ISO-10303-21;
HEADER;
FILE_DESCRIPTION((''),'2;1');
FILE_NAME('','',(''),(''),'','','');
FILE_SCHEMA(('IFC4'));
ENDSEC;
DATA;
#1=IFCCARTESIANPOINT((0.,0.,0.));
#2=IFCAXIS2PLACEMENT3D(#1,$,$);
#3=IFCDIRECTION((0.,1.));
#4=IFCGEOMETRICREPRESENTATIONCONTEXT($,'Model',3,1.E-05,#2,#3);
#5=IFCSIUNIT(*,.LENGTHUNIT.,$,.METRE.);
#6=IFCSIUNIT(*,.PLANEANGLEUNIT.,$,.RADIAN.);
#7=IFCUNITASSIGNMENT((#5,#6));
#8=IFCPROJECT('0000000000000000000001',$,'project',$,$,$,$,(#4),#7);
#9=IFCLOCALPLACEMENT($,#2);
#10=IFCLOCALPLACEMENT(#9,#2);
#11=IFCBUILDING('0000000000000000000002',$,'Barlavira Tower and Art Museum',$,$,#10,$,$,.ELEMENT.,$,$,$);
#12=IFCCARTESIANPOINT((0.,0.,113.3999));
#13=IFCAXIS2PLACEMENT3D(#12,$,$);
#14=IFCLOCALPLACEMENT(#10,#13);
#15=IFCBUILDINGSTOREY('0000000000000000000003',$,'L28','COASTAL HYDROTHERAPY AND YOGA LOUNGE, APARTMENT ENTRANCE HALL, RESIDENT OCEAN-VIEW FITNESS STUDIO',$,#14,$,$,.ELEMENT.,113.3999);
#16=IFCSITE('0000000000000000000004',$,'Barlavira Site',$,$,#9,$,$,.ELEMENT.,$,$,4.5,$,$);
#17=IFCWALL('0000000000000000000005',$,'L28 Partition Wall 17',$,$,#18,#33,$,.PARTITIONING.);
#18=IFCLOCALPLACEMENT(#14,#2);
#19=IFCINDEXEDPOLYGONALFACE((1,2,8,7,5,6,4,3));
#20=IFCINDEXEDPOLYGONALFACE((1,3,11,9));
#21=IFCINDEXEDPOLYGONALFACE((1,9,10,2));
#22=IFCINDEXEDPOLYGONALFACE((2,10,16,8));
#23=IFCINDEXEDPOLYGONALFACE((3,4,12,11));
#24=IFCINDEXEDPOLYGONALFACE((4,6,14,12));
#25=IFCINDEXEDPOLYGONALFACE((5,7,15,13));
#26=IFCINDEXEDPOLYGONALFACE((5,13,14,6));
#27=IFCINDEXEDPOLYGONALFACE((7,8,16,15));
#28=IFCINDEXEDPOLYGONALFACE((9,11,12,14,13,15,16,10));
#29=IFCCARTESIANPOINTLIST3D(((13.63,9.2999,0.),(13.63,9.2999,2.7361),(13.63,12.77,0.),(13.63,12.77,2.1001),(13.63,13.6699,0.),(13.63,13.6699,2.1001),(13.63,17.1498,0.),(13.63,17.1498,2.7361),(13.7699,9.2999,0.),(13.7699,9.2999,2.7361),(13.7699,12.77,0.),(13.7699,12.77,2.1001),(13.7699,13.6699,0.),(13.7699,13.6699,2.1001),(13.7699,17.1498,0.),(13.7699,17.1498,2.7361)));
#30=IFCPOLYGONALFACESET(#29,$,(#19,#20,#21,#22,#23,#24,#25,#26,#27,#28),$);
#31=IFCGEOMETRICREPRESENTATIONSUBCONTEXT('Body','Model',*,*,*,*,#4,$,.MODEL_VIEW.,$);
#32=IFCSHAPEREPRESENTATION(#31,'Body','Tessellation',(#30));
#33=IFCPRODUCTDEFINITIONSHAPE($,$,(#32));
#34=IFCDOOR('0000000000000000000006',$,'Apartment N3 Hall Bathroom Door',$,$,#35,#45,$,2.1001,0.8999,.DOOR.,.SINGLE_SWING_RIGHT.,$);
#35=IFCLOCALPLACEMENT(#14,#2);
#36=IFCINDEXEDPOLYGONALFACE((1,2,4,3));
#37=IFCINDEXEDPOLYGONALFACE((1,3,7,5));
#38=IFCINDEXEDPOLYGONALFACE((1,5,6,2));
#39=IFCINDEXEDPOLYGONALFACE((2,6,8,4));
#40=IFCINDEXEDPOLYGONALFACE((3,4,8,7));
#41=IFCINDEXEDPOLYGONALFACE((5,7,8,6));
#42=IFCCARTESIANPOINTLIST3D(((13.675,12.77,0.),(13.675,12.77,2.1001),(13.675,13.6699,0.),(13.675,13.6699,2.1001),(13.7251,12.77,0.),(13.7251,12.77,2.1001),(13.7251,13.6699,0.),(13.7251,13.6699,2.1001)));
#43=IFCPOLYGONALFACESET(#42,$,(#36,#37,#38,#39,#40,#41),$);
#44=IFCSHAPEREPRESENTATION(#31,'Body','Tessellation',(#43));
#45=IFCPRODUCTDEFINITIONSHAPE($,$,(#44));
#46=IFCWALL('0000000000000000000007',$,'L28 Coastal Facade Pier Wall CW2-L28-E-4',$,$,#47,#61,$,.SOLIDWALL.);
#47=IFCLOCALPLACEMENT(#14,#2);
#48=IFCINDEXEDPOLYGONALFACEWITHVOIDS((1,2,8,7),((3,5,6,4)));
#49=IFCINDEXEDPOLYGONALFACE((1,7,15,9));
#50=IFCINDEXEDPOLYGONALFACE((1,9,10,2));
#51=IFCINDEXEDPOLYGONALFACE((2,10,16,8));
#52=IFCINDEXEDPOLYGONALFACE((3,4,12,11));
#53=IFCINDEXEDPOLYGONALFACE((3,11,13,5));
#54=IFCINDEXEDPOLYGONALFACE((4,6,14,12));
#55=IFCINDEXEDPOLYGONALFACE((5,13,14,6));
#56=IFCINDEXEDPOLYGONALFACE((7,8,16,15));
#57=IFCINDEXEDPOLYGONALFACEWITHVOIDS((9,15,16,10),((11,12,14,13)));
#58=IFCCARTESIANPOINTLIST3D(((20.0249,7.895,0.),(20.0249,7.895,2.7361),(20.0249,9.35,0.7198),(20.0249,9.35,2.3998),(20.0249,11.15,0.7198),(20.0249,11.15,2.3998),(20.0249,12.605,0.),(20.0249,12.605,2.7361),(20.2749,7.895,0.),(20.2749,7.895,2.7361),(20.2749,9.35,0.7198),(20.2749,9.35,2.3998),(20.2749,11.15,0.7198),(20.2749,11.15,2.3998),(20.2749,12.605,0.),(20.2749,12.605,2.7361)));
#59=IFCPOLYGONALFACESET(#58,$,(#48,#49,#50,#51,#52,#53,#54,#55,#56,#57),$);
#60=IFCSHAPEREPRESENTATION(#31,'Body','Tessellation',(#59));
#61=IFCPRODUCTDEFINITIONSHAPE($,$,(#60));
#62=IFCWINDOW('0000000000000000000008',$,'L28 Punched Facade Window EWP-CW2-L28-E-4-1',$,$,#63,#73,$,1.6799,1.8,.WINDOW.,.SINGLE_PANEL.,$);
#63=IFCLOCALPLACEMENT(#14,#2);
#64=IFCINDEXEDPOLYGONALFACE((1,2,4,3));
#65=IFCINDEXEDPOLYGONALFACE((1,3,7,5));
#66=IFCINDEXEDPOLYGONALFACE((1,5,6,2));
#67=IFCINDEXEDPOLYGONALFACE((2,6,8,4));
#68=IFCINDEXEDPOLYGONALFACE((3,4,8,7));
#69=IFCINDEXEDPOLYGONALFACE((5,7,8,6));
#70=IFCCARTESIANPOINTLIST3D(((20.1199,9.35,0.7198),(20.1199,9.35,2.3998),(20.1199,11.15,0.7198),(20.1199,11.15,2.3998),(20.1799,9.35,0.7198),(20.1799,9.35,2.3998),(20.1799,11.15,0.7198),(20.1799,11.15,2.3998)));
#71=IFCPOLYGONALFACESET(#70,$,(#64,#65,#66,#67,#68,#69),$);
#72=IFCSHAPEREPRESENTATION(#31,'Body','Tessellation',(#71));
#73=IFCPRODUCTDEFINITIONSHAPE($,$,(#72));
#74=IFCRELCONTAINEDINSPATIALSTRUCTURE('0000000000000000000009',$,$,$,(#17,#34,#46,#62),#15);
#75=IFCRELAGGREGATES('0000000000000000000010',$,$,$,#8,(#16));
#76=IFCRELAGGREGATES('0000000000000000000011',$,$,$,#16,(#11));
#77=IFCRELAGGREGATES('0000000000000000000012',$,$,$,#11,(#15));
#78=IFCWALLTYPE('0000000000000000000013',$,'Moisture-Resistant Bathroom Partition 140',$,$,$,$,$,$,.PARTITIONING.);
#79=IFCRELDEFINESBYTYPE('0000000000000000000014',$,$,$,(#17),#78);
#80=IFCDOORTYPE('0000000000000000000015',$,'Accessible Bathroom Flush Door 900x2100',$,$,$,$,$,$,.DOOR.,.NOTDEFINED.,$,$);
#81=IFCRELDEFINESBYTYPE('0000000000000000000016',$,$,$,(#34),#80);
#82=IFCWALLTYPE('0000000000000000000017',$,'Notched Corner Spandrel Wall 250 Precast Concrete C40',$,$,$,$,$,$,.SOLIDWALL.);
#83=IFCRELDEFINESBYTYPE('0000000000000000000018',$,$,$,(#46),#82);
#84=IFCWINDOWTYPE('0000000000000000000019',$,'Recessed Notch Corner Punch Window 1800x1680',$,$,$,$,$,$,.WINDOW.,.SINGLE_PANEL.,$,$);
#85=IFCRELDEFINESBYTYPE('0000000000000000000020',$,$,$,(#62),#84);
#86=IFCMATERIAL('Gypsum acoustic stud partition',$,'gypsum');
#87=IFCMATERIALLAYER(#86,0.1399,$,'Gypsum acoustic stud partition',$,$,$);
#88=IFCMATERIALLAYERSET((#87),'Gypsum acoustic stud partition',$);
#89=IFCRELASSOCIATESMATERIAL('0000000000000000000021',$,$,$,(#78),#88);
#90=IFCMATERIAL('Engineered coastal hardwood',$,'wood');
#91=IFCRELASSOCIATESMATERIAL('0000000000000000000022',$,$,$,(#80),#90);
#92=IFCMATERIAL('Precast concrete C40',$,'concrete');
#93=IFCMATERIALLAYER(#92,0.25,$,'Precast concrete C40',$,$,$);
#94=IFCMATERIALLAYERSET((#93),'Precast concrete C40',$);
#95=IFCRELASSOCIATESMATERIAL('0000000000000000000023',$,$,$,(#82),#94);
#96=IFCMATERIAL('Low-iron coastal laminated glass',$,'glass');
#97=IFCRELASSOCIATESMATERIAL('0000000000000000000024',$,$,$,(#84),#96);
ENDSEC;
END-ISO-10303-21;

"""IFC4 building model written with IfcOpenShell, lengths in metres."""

from ifc_helpers import new_model, si_unit, direction, frame, frame_2d, origin, place, context, subcontext, project, spatial, rectangle, extrude, material, layer, layer_set, type_object, element, fill, save


model = new_model("IFC4")

# Units and contexts
model_context = context("Model", 3, precision=1e-05, world=origin(), true_north=direction((0.0, 1.0)))
body_context = subcontext(model_context, "Body", "Model", "MODEL_VIEW")
ifc_project = project(units=[si_unit("LENGTHUNIT", "METRE"), si_unit("PLANEANGLEUNIT", "RADIAN")], contexts=[model_context])

# Site, building, storey
site_placement = place(None, origin())
site = spatial("IfcSite", under=ifc_project, at=site_placement, Name="Barlavira Site", CompositionType="ELEMENT", RefElevation=4.5)
building_placement = place(site_placement, origin())
building = spatial("IfcBuilding", under=site, at=building_placement, Name="Barlavira Tower and Art Museum", CompositionType="ELEMENT")
storey_placement = place(building_placement, frame((0.0, 0.0, 113.3999)))
storey = spatial("IfcBuildingStorey", under=building, at=storey_placement, Name="L28", Description="COASTAL HYDROTHERAPY AND YOGA LOUNGE, APARTMENT ENTRANCE HALL, RESIDENT OCEAN-VIEW FITNESS STUDIO", CompositionType="ELEMENT", Elevation=113.3999)

# Shared definitions
ifc_material_1 = material(Name="Low-iron coastal laminated glass", Category="glass")

# Shared definitions
ifc_material_2 = material(Name="Gypsum acoustic stud partition", Category="gypsum")
ifc_material_3 = material(Name="Engineered coastal hardwood", Category="wood")

# Wall, opening, door
ifc_layer_1 = layer(ifc_material_2, 0.1399, Name="Gypsum acoustic stud partition")
ifc_layer_set_1 = layer_set([ifc_layer_1], Name="Gypsum acoustic stud partition")
wall_type_1 = type_object("IfcWallType", Name="Moisture-Resistant Bathroom Partition 140", PredefinedType="PARTITIONING", material=ifc_layer_set_1)
wall_1_placement = place(storey_placement, frame((13.7, 9.3, 0.0), z_axis=(0.0, 0.0, 1.0), x_axis=(0.0, 1.0, 0.0)))
wall_1 = element("IfcWall", 1, at=wall_1_placement, inside=storey, type_object=wall_type_1, Name="L28 Partition Wall 17", PredefinedType="PARTITIONING", context=body_context, shape_type="SweptSolid", body=[
    extrude(rectangle(XDim=7.8499, YDim=0.1399, at=frame_2d((3.9248, 0.0))), origin(), (0.0, 0.0, 1.0), 2.7361),
])
opening_1_placement = place(wall_1_placement, frame((3.47, 0.0, 0.0)))
opening_1 = element("IfcOpeningElement", 2, at=opening_1_placement, cuts=wall_1, PredefinedType="OPENING", context=body_context, shape_type="SweptSolid", body=[
    extrude(rectangle(XDim=0.8999, YDim=2.1001, at=frame_2d((0.45, 1.05))), frame((0.0, 0.0801, 0.0), z_axis=(0.0, -1.0, 0.0), x_axis=(1.0, 0.0, 0.0)), (0.0, 0.0, 1.0), 0.1599),
])
door_type_1 = type_object("IfcDoorType", Name="Accessible Bathroom Flush Door 900x2100", OperationType="NOTDEFINED", PredefinedType="DOOR", material=ifc_material_3)
door_1_placement = place(opening_1_placement, origin())
door_1 = element("IfcDoor", 3, at=door_1_placement, inside=storey, type_object=door_type_1, Name="Apartment N3 Hall Bathroom Door", OperationType="SINGLE_SWING_RIGHT", OverallHeight=2.1001, OverallWidth=0.8999, PredefinedType="DOOR", context=body_context, shape_type="SweptSolid", body=[
    extrude(rectangle(XDim=0.8999, YDim=2.1001, at=frame_2d((0.45, 1.05))), frame((0.0, 0.0249, 0.0), z_axis=(0.0, -1.0, 0.0), x_axis=(1.0, 0.0, 0.0)), (0.0, 0.0, 1.0), 0.05),
])
fill(opening_1, door_1)

# Wall, opening, window
ifc_material_4 = material(Name="Precast concrete C40", Category="concrete")
ifc_layer_2 = layer(ifc_material_4, 0.25, Name="Precast concrete C40")
ifc_layer_set_2 = layer_set([ifc_layer_2], Name="Precast concrete C40")
wall_type_2 = type_object("IfcWallType", Name="Notched Corner Spandrel Wall 250 Precast Concrete C40", PredefinedType="SOLIDWALL", material=ifc_layer_set_2)
wall_2_placement = place(storey_placement, frame((20.1499, 7.895, 0.0), z_axis=(0.0, 0.0, 1.0), x_axis=(0.0, 1.0, 0.0)))
wall_2 = element("IfcWall", 4, at=wall_2_placement, inside=storey, type_object=wall_type_2, Name="L28 Coastal Facade Pier Wall CW2-L28-E-4", PredefinedType="SOLIDWALL", context=body_context, shape_type="SweptSolid", body=[
    extrude(rectangle(XDim=4.71, YDim=0.25, at=frame_2d((2.355, 0.0))), origin(), (0.0, 0.0, 1.0), 2.7361),
])
opening_2_placement = place(wall_2_placement, frame((1.4551, 0.0, 0.72)))
opening_2 = element("IfcOpeningElement", 5, at=opening_2_placement, cuts=wall_2, PredefinedType="OPENING", context=body_context, shape_type="SweptSolid", body=[
    extrude(rectangle(XDim=1.8, YDim=1.6799, at=frame_2d((0.8999, 0.8398))), frame((0.0, 0.135, 0.0), z_axis=(0.0, -1.0, 0.0), x_axis=(1.0, 0.0, 0.0)), (0.0, 0.0, 1.0), 0.27),
])
window_type = type_object("IfcWindowType", Name="Recessed Notch Corner Punch Window 1800x1680", PartitioningType="SINGLE_PANEL", PredefinedType="WINDOW", material=ifc_material_1)
window_placement = place(opening_2_placement, origin())
window = element("IfcWindow", 6, at=window_placement, inside=storey, type_object=window_type, Name="L28 Punched Facade Window EWP-CW2-L28-E-4-1", OverallHeight=1.6799, OverallWidth=1.8, PartitioningType="SINGLE_PANEL", PredefinedType="WINDOW", context=body_context, shape_type="SweptSolid", body=[
    extrude(rectangle(XDim=1.8, YDim=1.6799, at=frame_2d((0.8999, 0.8398))), frame((0.0, 0.03, 0.0), z_axis=(0.0, -1.0, 0.0), x_axis=(1.0, 0.0, 0.0)), (0.0, 0.0, 1.0), 0.0601),
])
fill(opening_2, window)

save(model, "model.ifc")
